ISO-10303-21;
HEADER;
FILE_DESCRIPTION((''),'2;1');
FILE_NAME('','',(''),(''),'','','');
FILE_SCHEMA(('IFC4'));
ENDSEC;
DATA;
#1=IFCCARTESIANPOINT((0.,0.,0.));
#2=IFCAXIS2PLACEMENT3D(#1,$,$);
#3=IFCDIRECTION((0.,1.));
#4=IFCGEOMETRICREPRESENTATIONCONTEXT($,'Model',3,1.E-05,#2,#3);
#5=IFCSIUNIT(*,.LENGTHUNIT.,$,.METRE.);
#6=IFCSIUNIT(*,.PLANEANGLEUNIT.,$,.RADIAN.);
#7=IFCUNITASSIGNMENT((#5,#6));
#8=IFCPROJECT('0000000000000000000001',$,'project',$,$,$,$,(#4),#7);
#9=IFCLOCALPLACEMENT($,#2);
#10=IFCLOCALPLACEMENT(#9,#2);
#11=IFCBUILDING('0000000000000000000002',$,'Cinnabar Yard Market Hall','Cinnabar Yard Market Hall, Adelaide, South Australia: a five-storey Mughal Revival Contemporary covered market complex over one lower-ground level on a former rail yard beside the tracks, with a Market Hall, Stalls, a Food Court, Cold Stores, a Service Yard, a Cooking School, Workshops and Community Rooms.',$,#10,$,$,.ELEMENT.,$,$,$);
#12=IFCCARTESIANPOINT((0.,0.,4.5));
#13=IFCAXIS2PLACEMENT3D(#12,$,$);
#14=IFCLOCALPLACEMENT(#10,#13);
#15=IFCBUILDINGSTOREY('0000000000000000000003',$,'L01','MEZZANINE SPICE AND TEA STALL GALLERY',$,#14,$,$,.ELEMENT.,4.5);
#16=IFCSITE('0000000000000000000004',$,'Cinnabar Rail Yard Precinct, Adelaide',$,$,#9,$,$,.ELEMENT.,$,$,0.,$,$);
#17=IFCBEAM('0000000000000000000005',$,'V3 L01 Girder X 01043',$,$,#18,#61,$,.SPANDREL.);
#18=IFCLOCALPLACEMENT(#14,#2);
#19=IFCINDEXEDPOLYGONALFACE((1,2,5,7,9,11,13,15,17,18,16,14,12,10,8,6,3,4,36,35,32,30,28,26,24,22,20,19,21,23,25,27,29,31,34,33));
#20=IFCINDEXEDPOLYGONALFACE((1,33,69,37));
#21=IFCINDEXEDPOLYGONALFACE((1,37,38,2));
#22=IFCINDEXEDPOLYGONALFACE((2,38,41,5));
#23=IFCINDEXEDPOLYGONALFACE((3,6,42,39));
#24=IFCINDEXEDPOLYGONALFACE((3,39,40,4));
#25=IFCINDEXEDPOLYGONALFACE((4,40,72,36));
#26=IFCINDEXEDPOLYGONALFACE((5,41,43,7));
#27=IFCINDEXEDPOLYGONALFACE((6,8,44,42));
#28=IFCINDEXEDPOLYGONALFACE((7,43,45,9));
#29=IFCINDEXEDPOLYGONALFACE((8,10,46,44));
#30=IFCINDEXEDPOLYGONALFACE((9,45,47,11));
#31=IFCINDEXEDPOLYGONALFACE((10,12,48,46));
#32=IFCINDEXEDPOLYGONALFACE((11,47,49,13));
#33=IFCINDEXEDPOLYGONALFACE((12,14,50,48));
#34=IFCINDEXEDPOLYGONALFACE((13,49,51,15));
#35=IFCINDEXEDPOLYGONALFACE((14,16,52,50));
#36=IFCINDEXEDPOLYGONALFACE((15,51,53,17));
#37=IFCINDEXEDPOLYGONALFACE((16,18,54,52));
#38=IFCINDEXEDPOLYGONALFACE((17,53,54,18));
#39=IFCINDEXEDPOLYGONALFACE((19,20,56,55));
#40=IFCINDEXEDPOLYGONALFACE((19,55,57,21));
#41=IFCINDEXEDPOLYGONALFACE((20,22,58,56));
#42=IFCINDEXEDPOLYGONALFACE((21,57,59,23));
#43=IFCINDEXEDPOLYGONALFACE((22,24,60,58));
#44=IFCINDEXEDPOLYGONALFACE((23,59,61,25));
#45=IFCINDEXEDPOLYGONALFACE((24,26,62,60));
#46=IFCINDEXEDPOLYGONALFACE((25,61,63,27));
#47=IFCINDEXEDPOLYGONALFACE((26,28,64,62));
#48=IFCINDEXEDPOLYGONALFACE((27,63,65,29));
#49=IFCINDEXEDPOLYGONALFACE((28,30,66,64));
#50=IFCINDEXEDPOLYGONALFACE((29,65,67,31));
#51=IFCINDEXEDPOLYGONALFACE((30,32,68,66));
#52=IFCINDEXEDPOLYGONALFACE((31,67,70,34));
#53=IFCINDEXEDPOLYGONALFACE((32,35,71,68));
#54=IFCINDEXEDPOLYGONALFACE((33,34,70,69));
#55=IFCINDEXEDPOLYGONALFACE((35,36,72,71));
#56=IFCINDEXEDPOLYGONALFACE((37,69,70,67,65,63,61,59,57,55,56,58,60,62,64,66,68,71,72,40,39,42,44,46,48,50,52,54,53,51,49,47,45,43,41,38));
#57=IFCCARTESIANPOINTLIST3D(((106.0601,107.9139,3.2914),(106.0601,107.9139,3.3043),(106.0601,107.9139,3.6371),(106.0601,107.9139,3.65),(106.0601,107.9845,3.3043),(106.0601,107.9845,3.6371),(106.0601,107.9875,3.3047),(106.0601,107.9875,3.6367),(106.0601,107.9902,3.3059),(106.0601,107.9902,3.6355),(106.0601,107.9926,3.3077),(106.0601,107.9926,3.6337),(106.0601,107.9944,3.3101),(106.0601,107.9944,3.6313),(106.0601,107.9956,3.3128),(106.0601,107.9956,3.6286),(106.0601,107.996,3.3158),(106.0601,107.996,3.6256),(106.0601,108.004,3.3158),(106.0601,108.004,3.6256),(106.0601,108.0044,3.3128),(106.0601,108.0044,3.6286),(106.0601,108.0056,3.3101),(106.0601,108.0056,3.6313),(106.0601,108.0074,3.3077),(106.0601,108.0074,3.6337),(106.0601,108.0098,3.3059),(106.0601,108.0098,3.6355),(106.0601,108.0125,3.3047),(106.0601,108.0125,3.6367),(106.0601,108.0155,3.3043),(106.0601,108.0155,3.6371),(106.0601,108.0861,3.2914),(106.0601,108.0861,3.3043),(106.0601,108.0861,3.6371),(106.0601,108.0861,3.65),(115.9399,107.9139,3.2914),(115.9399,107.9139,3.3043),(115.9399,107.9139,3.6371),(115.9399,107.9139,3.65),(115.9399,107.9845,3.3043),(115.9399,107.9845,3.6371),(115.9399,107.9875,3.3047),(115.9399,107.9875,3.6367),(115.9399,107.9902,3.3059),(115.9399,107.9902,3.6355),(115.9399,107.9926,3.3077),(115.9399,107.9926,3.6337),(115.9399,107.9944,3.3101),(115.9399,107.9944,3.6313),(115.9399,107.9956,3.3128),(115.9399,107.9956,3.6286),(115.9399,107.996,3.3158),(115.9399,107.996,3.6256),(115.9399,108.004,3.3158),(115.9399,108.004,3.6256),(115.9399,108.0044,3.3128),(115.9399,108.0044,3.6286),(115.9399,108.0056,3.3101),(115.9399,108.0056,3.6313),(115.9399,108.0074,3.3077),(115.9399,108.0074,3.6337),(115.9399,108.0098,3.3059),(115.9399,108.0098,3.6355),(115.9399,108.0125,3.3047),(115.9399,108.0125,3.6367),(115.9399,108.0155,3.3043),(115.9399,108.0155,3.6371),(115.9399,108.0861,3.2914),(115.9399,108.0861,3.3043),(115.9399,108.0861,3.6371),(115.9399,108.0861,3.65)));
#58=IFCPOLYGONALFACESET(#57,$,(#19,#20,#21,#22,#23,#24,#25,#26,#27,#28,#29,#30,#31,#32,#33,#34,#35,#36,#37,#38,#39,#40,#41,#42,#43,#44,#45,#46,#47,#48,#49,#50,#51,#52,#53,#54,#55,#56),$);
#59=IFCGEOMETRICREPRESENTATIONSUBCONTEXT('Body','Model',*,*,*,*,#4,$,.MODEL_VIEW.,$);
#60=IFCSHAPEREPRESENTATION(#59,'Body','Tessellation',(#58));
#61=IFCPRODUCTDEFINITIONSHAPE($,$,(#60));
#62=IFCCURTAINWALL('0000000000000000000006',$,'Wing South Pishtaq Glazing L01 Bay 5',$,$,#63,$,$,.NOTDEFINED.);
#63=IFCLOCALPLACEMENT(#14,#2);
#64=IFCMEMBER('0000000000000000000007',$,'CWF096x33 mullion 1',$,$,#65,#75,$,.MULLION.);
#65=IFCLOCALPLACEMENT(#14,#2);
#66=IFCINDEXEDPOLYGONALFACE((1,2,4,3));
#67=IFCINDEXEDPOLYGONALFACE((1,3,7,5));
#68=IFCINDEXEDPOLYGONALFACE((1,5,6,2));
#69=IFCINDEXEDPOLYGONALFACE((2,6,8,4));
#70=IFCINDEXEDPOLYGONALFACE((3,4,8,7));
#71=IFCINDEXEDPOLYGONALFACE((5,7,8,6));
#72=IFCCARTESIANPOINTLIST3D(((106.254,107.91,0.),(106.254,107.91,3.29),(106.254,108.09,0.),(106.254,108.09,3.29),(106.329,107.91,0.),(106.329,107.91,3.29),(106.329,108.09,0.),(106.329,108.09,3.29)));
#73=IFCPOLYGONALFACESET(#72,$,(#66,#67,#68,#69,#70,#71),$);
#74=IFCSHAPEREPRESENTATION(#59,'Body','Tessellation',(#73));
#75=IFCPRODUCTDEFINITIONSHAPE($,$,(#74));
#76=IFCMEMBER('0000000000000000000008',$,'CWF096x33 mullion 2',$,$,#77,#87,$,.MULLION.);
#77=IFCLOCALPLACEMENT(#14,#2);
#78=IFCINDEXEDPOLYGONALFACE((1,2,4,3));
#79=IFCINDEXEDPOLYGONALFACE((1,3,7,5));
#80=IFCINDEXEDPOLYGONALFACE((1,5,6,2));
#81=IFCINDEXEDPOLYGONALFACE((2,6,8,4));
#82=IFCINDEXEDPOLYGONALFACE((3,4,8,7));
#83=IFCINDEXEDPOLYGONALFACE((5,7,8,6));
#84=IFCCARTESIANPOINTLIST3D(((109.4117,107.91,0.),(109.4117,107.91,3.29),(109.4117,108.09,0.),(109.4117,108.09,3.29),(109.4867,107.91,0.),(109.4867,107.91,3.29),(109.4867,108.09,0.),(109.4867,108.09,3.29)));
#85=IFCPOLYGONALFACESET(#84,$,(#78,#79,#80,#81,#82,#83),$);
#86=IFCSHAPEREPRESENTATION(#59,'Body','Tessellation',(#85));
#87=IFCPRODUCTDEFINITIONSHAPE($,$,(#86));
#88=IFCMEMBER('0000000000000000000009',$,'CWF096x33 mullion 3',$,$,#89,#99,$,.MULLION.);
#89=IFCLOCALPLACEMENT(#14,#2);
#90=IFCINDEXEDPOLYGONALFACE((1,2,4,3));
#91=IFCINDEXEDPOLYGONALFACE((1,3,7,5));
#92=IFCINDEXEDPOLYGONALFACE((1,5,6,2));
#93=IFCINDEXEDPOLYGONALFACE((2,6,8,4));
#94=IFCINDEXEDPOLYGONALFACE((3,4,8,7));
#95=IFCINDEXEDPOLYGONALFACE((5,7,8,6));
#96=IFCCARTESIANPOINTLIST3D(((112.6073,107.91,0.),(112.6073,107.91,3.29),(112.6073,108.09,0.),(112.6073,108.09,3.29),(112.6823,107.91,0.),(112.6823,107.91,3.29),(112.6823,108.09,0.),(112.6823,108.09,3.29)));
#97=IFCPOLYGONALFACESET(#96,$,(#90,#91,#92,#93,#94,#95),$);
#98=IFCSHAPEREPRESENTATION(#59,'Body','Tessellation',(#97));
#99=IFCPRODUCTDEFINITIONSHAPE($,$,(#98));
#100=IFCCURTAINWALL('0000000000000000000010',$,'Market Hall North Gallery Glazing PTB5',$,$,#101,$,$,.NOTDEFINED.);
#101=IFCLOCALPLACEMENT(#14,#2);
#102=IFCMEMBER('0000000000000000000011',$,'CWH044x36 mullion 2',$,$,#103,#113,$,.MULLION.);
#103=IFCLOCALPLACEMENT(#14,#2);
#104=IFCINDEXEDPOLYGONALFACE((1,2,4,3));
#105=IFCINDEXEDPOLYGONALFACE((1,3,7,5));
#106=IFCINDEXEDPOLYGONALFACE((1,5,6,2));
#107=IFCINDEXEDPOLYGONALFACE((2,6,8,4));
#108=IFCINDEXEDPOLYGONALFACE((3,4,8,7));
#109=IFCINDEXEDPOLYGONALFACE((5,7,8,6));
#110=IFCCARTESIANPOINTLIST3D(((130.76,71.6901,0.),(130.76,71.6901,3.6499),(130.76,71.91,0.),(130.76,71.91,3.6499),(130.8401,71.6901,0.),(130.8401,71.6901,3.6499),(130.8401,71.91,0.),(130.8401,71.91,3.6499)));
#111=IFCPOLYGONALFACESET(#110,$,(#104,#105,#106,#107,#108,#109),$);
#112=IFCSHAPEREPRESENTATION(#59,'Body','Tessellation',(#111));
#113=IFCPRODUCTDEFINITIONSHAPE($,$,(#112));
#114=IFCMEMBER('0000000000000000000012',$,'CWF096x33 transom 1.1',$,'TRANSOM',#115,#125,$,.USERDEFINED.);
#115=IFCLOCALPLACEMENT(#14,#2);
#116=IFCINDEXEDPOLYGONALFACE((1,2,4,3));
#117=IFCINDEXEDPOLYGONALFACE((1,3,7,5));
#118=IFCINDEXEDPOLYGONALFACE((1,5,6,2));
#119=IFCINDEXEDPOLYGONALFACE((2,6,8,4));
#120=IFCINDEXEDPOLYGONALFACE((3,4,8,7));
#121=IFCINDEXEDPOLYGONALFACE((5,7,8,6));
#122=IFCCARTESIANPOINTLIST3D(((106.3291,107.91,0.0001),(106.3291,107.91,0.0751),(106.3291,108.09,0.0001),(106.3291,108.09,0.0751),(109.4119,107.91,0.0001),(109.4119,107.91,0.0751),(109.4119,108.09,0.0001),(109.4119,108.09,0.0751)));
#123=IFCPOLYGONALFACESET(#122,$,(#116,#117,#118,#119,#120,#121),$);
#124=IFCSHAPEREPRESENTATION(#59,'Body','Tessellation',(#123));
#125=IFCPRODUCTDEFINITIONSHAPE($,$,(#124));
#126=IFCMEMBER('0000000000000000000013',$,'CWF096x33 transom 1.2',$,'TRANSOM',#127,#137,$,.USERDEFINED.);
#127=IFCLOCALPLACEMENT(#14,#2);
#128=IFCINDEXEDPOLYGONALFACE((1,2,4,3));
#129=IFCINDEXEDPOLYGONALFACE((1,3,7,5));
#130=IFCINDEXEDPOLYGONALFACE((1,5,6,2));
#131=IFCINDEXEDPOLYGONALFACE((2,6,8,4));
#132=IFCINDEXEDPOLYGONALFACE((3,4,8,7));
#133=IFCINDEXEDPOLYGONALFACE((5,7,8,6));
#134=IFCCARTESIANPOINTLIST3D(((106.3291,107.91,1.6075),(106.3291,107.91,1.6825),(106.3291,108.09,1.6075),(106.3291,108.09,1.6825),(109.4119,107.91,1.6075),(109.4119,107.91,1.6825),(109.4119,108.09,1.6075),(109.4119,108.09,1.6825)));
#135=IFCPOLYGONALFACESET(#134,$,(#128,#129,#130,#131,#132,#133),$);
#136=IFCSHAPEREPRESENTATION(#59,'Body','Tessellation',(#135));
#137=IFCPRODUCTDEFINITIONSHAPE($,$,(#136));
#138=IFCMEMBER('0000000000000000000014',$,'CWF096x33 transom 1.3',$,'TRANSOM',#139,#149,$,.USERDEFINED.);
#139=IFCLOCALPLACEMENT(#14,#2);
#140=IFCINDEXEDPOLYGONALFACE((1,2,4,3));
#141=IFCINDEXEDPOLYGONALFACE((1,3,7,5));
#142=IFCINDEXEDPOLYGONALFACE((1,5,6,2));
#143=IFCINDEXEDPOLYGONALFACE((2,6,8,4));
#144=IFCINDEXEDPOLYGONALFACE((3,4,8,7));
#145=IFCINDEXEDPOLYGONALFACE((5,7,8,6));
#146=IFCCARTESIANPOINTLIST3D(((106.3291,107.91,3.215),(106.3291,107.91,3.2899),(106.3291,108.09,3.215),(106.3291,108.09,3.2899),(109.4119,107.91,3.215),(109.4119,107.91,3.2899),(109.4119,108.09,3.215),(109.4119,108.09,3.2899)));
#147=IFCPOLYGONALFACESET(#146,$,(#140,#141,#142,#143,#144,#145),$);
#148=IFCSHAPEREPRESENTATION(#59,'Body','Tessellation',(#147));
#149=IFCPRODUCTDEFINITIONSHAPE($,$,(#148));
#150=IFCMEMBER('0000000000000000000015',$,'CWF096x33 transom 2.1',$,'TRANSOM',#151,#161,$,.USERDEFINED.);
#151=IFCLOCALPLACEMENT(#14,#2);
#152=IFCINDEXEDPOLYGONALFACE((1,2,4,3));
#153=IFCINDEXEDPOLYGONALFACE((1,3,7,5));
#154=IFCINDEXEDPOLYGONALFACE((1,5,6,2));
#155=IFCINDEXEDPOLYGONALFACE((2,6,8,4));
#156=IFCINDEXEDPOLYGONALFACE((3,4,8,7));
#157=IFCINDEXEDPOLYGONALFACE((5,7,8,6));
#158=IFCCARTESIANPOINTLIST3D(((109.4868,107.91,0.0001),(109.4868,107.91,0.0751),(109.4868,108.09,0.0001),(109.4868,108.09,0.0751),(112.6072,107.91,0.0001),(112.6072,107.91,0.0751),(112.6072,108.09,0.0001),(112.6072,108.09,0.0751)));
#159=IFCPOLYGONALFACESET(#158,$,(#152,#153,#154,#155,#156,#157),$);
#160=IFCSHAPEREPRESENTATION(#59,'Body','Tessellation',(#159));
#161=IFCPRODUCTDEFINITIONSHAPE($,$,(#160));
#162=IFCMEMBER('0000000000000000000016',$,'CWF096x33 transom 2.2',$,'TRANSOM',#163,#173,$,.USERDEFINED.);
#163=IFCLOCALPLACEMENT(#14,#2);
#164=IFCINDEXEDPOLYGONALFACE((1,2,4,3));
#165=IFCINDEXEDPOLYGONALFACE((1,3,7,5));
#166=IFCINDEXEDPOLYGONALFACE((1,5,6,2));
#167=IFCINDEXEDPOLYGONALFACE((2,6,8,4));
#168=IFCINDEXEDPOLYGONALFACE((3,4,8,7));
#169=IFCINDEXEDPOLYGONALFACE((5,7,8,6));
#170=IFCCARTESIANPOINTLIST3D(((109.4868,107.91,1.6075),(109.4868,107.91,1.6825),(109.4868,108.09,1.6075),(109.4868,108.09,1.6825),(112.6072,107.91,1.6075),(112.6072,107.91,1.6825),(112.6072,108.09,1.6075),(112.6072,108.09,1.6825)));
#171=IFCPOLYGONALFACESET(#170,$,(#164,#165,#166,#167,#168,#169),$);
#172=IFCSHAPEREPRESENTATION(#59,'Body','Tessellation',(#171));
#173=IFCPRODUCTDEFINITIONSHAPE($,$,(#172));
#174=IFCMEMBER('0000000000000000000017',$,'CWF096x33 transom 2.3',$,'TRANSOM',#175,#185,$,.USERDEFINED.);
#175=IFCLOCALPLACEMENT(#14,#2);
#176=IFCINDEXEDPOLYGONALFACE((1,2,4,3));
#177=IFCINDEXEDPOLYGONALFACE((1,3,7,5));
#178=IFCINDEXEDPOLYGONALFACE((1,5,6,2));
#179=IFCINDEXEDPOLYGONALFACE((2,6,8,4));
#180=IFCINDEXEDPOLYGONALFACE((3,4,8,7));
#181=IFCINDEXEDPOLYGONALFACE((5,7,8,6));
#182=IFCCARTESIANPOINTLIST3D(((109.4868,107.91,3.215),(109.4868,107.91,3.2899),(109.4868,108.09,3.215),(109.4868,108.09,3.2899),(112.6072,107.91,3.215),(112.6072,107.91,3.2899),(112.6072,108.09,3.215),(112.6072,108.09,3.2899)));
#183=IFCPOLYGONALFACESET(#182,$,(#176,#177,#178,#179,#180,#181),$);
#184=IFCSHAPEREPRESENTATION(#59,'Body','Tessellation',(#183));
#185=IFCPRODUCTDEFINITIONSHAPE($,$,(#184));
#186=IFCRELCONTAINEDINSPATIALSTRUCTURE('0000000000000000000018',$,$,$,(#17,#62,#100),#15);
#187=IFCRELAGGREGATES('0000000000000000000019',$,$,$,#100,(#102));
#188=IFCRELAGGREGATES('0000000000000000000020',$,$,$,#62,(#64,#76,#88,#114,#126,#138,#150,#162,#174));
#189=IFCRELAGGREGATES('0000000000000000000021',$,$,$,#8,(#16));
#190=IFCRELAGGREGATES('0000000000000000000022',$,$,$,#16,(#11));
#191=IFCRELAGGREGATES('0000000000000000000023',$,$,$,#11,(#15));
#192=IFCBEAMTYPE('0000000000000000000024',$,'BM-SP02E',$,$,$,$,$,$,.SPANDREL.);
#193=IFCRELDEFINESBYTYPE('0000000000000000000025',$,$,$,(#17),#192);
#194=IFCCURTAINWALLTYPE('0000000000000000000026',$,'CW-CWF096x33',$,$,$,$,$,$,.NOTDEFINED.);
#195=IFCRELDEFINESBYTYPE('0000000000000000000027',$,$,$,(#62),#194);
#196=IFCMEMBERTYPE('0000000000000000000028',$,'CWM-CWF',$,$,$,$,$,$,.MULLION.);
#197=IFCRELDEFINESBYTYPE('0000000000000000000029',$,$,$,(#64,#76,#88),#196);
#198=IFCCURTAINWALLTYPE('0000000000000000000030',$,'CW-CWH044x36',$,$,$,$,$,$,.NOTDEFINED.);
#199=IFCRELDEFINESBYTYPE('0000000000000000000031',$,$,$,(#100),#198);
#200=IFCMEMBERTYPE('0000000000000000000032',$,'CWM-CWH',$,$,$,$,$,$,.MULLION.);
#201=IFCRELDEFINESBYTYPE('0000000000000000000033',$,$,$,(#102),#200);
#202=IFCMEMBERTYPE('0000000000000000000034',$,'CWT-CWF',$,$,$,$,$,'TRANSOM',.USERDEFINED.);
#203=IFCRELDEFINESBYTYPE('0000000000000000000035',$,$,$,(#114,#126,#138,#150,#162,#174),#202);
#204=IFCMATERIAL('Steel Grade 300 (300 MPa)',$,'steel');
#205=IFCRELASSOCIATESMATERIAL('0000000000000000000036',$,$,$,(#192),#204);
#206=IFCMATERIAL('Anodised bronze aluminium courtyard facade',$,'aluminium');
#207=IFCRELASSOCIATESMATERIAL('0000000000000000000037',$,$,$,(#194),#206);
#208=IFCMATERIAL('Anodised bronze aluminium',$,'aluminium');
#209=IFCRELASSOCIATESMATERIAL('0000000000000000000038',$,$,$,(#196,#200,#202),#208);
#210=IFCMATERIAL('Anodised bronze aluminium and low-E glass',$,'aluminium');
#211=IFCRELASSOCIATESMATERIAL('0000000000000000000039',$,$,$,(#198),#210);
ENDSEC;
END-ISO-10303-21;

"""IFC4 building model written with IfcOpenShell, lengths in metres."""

from ifc_helpers import new_model, si_unit, direction, frame, origin, origin_2d_with_axis, place, context, subcontext, project, spatial, rectangle, i_section, extrude, material, material_profile, profile_set, type_object, element, aggregate, save


model = new_model("IFC4")

# Units and contexts
model_context = context("Model", 3, precision=1e-05, world=origin(), true_north=direction((0.0, 1.0)))
body_context = subcontext(model_context, "Body", "Model", "MODEL_VIEW")
ifc_project = project(units=[si_unit("LENGTHUNIT", "METRE"), si_unit("PLANEANGLEUNIT", "RADIAN")], contexts=[model_context])

# Site, building, storey
site_placement = place(None, origin())
site = spatial("IfcSite", under=ifc_project, at=site_placement, Name="Cinnabar Rail Yard Precinct, Adelaide", CompositionType="ELEMENT", RefElevation=0.0)
building_placement = place(site_placement, origin())
building = spatial("IfcBuilding", under=site, at=building_placement, Name="Cinnabar Yard Market Hall", Description="Cinnabar Yard Market Hall, Adelaide, South Australia: a five-storey Mughal Revival Contemporary covered market complex over one lower-ground level on a former rail yard beside the tracks, with a Market Hall, Stalls, a Food Court, Cold Stores, a Service Yard, a Cooking School, Workshops and Community Rooms.", CompositionType="ELEMENT")
storey_placement = place(building_placement, frame((0.0, 0.0, 4.5)))
storey = spatial("IfcBuildingStorey", under=building, at=storey_placement, Name="L01", Description="MEZZANINE SPICE AND TEA STALL GALLERY", CompositionType="ELEMENT", Elevation=4.5)

# Beam
ifc_material_1 = material(Name="Steel Grade 300 (300 MPa)", Category="steel")
ifc_material_profile_1 = material_profile(ifc_material_1, i_section(OverallWidth=0.1721, OverallDepth=0.3586, WebThickness=0.0081, FlangeThickness=0.0129, FilletRadius=0.0115, at=origin_2d_with_axis()), Name="360UB56.7")
ifc_profile_set_1 = profile_set([ifc_material_profile_1], Name="Steel Grade 300 (300 MPa)")
beam_type = type_object("IfcBeamType", Name="BM-SP02E", PredefinedType="SPANDREL", material=ifc_profile_set_1)
beam_placement = place(storey_placement, frame((106.0601, 108.0, 3.4707), z_axis=(1.0, 0.0, 0.0), x_axis=(0.0, 1.0, 0.0)))
element("IfcBeam", 1, at=beam_placement, inside=storey, type_object=beam_type, Name="V3 L01 Girder X 01043", PredefinedType="SPANDREL", context=body_context, shape_type="SweptSolid", body=[
    extrude(i_section(OverallWidth=0.1721, OverallDepth=0.3586, WebThickness=0.0081, FlangeThickness=0.0129, FilletRadius=0.0115, at=origin_2d_with_axis()), origin(), (0.0, 0.0, 1.0), 9.8799),
])

# Curtain wall, members
ifc_material_2 = material(Name="Anodised bronze aluminium courtyard facade", Category="aluminium")
curtain_wall_type_1 = type_object("IfcCurtainWallType", Name="CW-CWF096x33", PredefinedType="NOTDEFINED", material=ifc_material_2)
curtain_wall_1_placement = place(storey_placement, origin())
curtain_wall_1 = element("IfcCurtainWall", 2, at=curtain_wall_1_placement, inside=storey, type_object=curtain_wall_type_1, Name="Wing South Pishtaq Glazing L01 Bay 5", PredefinedType="NOTDEFINED")
ifc_material_3 = material(Name="Anodised bronze aluminium", Category="aluminium")
ifc_material_profile_2 = material_profile(ifc_material_3, rectangle(XDim=0.1799, YDim=0.075, at=origin_2d_with_axis()), Name="MUL-CWF")
ifc_profile_set_2 = profile_set([ifc_material_profile_2], Name="Anodised bronze aluminium")
member_type_1 = type_object("IfcMemberType", Name="CWM-CWF", PredefinedType="MULLION", material=ifc_profile_set_2)
member_1_placement = place(storey_placement, frame((106.2915, 108.0, 0.0), z_axis=(0.0, 0.0, 1.0), x_axis=(0.0, 1.0, 0.0)))
member_1 = element("IfcMember", 3, at=member_1_placement, type_object=member_type_1, Name="CWF096x33 mullion 1", PredefinedType="MULLION", context=body_context, shape_type="SweptSolid", body=[
    extrude(rectangle(XDim=0.1799, YDim=0.075, at=origin_2d_with_axis()), origin(), (0.0, 0.0, 1.0), 3.29),
])
member_2_placement = place(storey_placement, frame((109.4492, 108.0, 0.0), z_axis=(0.0, 0.0, 1.0), x_axis=(0.0, 1.0, 0.0)))
member_2 = element("IfcMember", 4, at=member_2_placement, type_object=member_type_1, Name="CWF096x33 mullion 2", PredefinedType="MULLION", context=body_context, shape_type="SweptSolid", body=[
    extrude(rectangle(XDim=0.1799, YDim=0.075, at=origin_2d_with_axis()), origin(), (0.0, 0.0, 1.0), 3.29),
])
member_3_placement = place(storey_placement, frame((112.6448, 108.0, 0.0), z_axis=(0.0, 0.0, 1.0), x_axis=(0.0, 1.0, 0.0)))
member_3 = element("IfcMember", 5, at=member_3_placement, type_object=member_type_1, Name="CWF096x33 mullion 3", PredefinedType="MULLION", context=body_context, shape_type="SweptSolid", body=[
    extrude(rectangle(XDim=0.1799, YDim=0.075, at=origin_2d_with_axis()), origin(), (0.0, 0.0, 1.0), 3.29),
])

# Curtain wall, member
ifc_material_4 = material(Name="Anodised bronze aluminium and low-E glass", Category="aluminium")
curtain_wall_type_2 = type_object("IfcCurtainWallType", Name="CW-CWH044x36", PredefinedType="NOTDEFINED", material=ifc_material_4)
curtain_wall_2_placement = place(storey_placement, origin())
curtain_wall_2 = element("IfcCurtainWall", 6, at=curtain_wall_2_placement, inside=storey, type_object=curtain_wall_type_2, Name="Market Hall North Gallery Glazing PTB5", PredefinedType="NOTDEFINED")
ifc_material_profile_3 = material_profile(ifc_material_3, rectangle(XDim=0.22, YDim=0.0801, at=origin_2d_with_axis()), Name="MUL-CWH")
ifc_profile_set_3 = profile_set([ifc_material_profile_3], Name="Anodised bronze aluminium")
member_type_2 = type_object("IfcMemberType", Name="CWM-CWH", PredefinedType="MULLION", material=ifc_profile_set_3)
member_4_placement = place(storey_placement, frame((130.8, 71.8, 0.0), z_axis=(0.0, 0.0, 1.0), x_axis=(0.0, -1.0, 0.0)))
member_4 = element("IfcMember", 7, at=member_4_placement, type_object=member_type_2, Name="CWH044x36 mullion 2", PredefinedType="MULLION", context=body_context, shape_type="SweptSolid", body=[
    extrude(rectangle(XDim=0.22, YDim=0.0801, at=origin_2d_with_axis()), origin(), (0.0, 0.0, 1.0), 3.6499),
])

# Members
ifc_material_profile_4 = material_profile(ifc_material_3, rectangle(XDim=0.1799, YDim=0.075, at=origin_2d_with_axis()), Name="TRN-CWF")
ifc_profile_set_4 = profile_set([ifc_material_profile_4], Name="Anodised bronze aluminium")
member_type_3 = type_object("IfcMemberType", Name="CWT-CWF", ElementType="TRANSOM", PredefinedType="USERDEFINED", material=ifc_profile_set_4)
member_5_placement = place(storey_placement, frame((106.3291, 108.0, 0.0376), z_axis=(1.0, 0.0, 0.0), x_axis=(0.0, 1.0, 0.0)))
member_5 = element("IfcMember", 8, at=member_5_placement, type_object=member_type_3, Name="CWF096x33 transom 1.1", ObjectType="TRANSOM", PredefinedType="USERDEFINED", context=body_context, shape_type="SweptSolid", body=[
    extrude(rectangle(XDim=0.1799, YDim=0.075, at=origin_2d_with_axis()), origin(), (0.0, 0.0, 1.0), 3.0828),
])
member_6_placement = place(storey_placement, frame((106.3291, 108.0, 1.645), z_axis=(1.0, 0.0, 0.0), x_axis=(0.0, 1.0, 0.0)))
member_6 = element("IfcMember", 9, at=member_6_placement, type_object=member_type_3, Name="CWF096x33 transom 1.2", ObjectType="TRANSOM", PredefinedType="USERDEFINED", context=body_context, shape_type="SweptSolid", body=[
    extrude(rectangle(XDim=0.1799, YDim=0.075, at=origin_2d_with_axis()), origin(), (0.0, 0.0, 1.0), 3.0828),
])
member_7_placement = place(storey_placement, frame((106.3291, 108.0, 3.2524), z_axis=(1.0, 0.0, 0.0), x_axis=(0.0, 1.0, 0.0)))
member_7 = element("IfcMember", 10, at=member_7_placement, type_object=member_type_3, Name="CWF096x33 transom 1.3", ObjectType="TRANSOM", PredefinedType="USERDEFINED", context=body_context, shape_type="SweptSolid", body=[
    extrude(rectangle(XDim=0.1799, YDim=0.075, at=origin_2d_with_axis()), origin(), (0.0, 0.0, 1.0), 3.0828),
])
member_8_placement = place(storey_placement, frame((109.4868, 108.0, 0.0376), z_axis=(1.0, 0.0, 0.0), x_axis=(0.0, 1.0, 0.0)))
member_8 = element("IfcMember", 11, at=member_8_placement, type_object=member_type_3, Name="CWF096x33 transom 2.1", ObjectType="TRANSOM", PredefinedType="USERDEFINED", context=body_context, shape_type="SweptSolid", body=[
    extrude(rectangle(XDim=0.1799, YDim=0.075, at=origin_2d_with_axis()), origin(), (0.0, 0.0, 1.0), 3.1204),
])
member_9_placement = place(storey_placement, frame((109.4868, 108.0, 1.645), z_axis=(1.0, 0.0, 0.0), x_axis=(0.0, 1.0, 0.0)))
member_9 = element("IfcMember", 12, at=member_9_placement, type_object=member_type_3, Name="CWF096x33 transom 2.2", ObjectType="TRANSOM", PredefinedType="USERDEFINED", context=body_context, shape_type="SweptSolid", body=[
    extrude(rectangle(XDim=0.1799, YDim=0.075, at=origin_2d_with_axis()), origin(), (0.0, 0.0, 1.0), 3.1204),
])
member_10_placement = place(storey_placement, frame((109.4868, 108.0, 3.2524), z_axis=(1.0, 0.0, 0.0), x_axis=(0.0, 1.0, 0.0)))
member_10 = element("IfcMember", 13, at=member_10_placement, type_object=member_type_3, Name="CWF096x33 transom 2.3", ObjectType="TRANSOM", PredefinedType="USERDEFINED", context=body_context, shape_type="SweptSolid", body=[
    extrude(rectangle(XDim=0.1799, YDim=0.075, at=origin_2d_with_axis()), origin(), (0.0, 0.0, 1.0), 3.1204),
])

aggregate(curtain_wall_2, [member_4])
aggregate(curtain_wall_1, [member_1, member_2, member_3, member_5, member_6, member_7, member_8, member_9, member_10])

save(model, "model.ifc")
